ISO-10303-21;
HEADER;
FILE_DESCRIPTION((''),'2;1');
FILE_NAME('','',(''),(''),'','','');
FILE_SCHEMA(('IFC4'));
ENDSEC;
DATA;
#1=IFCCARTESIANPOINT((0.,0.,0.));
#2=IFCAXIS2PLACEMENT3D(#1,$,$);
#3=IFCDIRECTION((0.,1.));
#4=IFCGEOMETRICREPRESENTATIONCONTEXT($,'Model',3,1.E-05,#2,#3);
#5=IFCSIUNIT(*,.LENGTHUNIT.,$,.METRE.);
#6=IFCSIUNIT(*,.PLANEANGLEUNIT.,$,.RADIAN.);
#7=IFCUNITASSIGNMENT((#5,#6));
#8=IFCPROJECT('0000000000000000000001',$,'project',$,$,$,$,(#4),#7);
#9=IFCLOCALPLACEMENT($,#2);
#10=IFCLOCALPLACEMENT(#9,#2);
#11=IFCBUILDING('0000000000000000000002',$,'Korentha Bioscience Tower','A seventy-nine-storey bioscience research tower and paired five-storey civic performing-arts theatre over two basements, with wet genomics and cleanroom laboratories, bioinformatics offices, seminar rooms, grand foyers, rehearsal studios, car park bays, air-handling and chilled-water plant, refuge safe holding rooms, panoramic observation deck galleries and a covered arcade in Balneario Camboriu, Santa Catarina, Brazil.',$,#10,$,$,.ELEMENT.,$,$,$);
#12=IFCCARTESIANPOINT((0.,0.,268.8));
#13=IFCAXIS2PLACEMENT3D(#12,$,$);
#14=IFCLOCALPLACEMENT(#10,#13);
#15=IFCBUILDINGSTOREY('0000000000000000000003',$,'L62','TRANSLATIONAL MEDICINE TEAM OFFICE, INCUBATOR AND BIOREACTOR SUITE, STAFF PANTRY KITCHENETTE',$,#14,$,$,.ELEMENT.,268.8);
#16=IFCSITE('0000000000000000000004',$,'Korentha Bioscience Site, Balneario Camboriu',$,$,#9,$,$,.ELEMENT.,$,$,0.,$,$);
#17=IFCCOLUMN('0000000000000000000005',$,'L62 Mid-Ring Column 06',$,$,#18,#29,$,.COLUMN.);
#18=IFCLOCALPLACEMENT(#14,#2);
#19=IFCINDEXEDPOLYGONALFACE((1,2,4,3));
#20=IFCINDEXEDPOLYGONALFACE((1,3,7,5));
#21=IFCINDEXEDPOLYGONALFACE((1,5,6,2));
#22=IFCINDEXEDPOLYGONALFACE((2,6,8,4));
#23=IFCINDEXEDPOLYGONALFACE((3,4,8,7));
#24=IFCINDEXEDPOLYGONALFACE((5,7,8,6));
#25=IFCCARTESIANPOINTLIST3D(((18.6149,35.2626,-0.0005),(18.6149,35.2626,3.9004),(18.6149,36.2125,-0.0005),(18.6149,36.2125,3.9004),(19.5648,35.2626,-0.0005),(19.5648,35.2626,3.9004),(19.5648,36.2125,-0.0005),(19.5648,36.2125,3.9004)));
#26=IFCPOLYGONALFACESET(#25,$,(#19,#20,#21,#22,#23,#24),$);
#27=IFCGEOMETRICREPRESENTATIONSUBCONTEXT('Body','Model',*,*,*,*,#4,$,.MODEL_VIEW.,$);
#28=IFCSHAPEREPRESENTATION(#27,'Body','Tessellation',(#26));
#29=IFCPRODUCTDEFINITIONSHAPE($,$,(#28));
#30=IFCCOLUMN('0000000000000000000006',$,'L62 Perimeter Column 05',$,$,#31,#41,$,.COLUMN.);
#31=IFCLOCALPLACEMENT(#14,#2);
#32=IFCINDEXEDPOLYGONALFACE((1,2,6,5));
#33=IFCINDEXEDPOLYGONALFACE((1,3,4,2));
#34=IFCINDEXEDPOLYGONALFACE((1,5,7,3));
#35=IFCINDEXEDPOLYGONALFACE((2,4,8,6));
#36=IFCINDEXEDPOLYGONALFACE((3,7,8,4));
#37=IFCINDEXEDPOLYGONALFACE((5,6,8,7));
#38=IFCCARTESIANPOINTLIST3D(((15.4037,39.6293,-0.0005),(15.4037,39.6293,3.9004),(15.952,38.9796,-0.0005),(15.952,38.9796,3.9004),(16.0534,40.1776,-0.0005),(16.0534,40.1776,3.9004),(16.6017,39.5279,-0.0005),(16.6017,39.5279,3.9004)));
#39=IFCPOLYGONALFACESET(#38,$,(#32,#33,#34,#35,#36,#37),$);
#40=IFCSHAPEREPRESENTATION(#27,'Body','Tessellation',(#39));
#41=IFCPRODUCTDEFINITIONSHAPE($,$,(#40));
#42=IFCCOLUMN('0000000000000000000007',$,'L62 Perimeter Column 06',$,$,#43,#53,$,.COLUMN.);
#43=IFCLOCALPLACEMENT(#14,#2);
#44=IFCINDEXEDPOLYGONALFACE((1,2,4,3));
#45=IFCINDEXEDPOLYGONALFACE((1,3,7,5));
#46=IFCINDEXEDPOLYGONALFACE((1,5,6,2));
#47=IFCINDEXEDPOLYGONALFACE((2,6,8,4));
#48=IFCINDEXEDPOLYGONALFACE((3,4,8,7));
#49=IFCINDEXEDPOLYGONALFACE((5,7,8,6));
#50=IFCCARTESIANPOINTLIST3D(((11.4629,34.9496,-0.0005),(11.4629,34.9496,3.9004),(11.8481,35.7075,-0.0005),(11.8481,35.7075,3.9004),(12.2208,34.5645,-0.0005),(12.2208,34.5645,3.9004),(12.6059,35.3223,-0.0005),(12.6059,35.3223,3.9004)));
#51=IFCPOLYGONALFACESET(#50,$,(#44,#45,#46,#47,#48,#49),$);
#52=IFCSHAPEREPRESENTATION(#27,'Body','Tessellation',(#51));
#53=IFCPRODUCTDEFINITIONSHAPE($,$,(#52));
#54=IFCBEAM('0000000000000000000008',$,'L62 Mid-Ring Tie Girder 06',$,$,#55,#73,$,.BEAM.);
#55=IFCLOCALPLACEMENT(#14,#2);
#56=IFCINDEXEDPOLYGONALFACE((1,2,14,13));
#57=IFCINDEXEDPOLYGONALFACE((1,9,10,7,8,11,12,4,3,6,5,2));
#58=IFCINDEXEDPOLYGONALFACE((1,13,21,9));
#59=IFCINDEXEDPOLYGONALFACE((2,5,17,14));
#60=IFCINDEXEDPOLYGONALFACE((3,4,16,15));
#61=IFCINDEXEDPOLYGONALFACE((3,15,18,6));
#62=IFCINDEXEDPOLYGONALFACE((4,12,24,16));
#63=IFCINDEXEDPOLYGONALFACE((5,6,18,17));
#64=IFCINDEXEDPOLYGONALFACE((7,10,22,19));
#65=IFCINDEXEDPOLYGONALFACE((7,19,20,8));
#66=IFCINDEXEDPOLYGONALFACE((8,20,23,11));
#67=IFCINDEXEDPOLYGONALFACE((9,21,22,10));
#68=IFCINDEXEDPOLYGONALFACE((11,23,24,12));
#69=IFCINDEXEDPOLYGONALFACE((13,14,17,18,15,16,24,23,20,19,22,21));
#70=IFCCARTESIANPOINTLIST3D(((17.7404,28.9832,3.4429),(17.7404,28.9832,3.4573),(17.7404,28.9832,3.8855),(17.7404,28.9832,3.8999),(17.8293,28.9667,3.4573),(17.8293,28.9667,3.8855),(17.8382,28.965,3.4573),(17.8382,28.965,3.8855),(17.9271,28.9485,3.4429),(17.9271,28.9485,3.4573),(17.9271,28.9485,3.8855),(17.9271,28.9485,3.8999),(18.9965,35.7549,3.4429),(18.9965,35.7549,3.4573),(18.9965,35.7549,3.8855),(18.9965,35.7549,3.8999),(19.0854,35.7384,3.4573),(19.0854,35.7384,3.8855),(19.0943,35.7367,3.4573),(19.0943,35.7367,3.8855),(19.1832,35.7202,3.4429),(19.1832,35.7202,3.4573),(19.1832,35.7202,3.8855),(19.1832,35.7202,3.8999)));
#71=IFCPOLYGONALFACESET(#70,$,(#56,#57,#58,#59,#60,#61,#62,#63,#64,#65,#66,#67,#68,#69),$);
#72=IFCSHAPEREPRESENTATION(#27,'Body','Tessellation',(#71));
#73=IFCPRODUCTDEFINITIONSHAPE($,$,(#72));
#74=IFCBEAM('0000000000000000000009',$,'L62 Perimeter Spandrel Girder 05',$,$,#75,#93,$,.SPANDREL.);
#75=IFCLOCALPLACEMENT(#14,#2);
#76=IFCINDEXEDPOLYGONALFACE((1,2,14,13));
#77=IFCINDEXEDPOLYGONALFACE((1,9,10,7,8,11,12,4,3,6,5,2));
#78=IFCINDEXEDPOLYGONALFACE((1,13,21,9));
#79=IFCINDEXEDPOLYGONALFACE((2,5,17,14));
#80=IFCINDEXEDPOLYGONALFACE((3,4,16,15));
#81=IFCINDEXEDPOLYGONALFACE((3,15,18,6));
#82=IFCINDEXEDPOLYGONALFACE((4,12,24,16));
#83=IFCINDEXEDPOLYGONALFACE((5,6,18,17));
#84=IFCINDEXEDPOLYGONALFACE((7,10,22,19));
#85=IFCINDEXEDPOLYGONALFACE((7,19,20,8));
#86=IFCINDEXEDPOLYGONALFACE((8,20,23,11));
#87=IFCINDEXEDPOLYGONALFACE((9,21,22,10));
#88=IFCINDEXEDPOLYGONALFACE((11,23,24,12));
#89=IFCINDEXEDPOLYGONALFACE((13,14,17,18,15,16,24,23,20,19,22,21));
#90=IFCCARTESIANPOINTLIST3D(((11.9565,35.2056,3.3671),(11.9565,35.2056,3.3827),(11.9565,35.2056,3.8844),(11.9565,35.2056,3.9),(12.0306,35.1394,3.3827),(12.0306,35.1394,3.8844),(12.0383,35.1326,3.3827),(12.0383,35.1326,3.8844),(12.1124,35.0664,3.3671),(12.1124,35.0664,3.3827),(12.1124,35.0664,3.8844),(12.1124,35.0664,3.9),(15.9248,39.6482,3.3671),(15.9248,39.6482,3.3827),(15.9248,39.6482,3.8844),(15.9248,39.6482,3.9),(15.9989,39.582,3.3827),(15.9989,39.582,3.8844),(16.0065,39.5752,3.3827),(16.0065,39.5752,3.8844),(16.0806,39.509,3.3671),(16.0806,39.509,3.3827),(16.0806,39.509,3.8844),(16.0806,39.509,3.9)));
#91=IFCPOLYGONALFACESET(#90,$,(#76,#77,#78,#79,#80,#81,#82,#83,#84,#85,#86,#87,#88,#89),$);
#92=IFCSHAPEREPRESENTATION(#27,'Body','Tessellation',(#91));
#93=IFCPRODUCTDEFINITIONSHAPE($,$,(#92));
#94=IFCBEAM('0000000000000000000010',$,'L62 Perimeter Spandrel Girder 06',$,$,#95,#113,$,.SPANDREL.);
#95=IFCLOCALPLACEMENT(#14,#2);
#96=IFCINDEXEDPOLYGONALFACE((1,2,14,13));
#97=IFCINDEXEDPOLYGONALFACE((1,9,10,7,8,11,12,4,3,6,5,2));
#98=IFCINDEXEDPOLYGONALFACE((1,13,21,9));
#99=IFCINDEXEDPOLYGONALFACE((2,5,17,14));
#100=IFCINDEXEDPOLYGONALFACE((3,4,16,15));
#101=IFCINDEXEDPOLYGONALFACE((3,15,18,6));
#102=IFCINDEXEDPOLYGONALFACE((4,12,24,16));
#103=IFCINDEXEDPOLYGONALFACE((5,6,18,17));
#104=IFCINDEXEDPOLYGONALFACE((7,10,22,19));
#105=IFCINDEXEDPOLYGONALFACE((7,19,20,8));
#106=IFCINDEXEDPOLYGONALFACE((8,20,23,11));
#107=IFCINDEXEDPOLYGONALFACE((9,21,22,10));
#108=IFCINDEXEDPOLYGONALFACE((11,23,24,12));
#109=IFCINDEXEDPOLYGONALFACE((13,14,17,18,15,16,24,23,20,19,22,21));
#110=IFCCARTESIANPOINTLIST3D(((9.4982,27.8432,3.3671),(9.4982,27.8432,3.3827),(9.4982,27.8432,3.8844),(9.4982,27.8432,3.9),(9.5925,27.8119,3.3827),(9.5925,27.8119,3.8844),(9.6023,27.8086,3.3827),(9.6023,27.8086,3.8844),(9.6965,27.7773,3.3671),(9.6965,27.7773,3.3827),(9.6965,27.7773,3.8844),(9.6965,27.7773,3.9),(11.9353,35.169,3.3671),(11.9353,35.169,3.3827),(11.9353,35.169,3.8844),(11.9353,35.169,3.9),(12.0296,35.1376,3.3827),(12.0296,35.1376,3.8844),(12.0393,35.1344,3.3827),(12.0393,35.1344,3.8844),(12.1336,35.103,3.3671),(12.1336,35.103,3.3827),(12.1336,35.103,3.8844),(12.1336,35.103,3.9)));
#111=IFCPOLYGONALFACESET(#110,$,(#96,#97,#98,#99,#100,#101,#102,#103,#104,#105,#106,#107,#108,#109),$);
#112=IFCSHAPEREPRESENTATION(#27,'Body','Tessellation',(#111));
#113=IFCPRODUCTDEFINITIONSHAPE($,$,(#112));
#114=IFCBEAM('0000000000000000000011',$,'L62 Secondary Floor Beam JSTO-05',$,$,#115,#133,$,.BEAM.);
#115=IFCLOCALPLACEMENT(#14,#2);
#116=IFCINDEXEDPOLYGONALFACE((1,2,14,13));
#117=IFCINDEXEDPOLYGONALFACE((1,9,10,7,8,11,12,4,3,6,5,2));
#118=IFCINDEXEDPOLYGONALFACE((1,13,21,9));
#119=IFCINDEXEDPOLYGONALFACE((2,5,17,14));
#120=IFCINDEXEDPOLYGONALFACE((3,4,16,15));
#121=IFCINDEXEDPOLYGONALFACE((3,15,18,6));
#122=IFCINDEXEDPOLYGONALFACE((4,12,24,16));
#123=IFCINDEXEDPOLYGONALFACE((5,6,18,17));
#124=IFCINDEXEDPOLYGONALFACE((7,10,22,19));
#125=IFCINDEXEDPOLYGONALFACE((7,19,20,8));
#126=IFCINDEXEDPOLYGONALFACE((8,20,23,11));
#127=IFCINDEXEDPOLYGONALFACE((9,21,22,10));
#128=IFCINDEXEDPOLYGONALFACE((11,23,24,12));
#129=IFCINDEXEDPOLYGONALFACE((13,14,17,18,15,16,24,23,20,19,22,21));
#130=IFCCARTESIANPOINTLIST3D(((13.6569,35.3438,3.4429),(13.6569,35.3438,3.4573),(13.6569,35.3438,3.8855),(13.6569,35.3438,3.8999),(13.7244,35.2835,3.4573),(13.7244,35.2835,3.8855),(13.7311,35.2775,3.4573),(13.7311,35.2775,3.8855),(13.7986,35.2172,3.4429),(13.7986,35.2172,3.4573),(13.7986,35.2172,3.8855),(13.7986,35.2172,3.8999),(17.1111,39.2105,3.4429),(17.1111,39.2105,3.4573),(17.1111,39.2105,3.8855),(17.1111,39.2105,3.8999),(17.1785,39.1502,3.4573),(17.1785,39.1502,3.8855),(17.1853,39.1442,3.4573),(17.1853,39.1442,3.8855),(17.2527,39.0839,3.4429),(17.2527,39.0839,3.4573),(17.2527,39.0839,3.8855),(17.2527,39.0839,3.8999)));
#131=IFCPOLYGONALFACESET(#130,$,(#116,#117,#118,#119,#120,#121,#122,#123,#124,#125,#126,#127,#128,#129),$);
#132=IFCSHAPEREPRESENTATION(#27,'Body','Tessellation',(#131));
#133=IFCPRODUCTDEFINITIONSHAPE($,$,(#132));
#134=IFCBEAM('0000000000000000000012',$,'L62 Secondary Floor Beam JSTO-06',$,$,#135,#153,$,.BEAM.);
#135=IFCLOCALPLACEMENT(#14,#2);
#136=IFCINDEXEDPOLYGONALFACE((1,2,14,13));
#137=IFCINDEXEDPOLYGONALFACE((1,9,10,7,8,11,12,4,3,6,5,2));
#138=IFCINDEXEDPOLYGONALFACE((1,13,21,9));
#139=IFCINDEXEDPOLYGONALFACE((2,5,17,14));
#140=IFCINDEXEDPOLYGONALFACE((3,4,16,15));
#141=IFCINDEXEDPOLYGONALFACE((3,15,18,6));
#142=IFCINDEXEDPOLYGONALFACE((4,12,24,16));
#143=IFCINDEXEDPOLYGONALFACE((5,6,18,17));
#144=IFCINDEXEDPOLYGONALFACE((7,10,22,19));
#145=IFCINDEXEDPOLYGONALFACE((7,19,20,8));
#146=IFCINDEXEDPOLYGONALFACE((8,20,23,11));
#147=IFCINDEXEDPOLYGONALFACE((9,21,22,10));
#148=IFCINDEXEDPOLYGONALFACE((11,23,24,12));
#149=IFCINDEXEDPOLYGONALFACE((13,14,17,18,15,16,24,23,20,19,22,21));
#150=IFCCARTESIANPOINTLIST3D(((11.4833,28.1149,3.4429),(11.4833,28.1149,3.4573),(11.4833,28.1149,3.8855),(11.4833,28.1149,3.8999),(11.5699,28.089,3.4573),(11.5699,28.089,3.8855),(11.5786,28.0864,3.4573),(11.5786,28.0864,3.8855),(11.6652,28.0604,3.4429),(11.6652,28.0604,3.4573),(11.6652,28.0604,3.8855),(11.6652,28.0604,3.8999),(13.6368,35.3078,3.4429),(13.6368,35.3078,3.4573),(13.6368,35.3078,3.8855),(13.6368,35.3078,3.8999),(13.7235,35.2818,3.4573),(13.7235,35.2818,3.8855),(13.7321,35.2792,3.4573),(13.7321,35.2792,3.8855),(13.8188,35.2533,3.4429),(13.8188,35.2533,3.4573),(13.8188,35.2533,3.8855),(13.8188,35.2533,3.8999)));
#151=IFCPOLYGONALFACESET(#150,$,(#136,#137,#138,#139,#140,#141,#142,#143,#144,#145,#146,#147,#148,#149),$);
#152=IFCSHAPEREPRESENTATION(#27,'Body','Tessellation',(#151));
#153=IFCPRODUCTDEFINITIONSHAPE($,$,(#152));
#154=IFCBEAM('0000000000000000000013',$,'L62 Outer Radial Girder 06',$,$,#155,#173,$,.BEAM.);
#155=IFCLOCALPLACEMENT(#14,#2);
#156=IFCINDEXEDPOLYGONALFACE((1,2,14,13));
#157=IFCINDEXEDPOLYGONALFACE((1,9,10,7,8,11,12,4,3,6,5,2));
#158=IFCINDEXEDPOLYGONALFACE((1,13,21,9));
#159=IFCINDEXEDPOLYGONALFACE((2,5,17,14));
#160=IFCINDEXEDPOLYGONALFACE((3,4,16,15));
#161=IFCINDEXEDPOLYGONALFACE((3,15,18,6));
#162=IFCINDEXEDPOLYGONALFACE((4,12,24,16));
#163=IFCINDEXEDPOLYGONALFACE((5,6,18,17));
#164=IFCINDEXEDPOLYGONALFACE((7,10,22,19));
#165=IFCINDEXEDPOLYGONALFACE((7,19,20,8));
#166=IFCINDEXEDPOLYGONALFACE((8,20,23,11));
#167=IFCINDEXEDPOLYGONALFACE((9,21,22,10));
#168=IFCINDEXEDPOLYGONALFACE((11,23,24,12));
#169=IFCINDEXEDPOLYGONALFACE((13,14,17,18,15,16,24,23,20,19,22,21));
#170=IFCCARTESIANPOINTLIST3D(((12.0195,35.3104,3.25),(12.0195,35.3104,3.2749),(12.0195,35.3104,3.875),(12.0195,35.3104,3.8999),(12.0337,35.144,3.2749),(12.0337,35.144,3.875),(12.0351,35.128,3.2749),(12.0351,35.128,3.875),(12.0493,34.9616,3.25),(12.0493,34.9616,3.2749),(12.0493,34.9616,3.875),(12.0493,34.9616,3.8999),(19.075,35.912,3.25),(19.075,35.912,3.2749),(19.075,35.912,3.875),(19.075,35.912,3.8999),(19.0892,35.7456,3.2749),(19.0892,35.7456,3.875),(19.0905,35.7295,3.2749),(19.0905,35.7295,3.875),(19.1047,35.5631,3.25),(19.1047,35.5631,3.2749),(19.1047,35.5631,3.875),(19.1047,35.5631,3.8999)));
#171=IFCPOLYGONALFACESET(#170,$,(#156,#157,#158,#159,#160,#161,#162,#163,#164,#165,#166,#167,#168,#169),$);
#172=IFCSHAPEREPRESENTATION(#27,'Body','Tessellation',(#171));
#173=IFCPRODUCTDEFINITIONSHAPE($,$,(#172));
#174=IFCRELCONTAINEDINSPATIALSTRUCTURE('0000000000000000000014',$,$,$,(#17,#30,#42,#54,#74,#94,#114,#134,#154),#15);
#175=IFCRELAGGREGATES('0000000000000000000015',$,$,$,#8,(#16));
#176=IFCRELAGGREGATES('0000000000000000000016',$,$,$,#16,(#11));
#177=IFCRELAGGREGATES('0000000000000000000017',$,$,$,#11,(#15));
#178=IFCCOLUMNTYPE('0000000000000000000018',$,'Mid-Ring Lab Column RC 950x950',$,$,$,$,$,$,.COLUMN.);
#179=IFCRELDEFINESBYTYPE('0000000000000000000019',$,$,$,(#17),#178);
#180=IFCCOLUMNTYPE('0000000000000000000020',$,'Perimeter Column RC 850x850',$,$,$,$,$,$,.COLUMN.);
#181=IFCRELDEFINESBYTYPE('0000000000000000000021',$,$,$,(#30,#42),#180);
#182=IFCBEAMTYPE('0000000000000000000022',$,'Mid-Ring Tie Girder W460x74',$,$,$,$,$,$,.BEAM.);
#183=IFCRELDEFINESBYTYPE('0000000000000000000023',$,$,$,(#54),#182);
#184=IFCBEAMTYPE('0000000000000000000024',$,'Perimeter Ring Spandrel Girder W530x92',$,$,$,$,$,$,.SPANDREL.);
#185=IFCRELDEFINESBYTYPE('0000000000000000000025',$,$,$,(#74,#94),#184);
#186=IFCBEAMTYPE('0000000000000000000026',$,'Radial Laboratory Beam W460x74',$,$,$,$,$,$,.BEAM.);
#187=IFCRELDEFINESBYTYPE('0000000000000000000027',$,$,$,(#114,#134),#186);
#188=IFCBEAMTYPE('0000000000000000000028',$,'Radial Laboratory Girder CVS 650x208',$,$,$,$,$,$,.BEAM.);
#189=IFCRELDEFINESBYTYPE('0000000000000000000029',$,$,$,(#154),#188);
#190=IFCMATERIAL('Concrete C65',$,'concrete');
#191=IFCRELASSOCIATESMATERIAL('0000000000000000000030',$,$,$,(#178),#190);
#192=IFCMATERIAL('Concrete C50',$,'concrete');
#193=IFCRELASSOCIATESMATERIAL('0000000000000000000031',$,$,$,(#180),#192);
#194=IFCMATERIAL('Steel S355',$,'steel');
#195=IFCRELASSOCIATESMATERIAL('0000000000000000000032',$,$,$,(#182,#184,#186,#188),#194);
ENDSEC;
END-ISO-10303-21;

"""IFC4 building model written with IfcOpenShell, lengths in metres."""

from ifc_helpers import new_model, si_unit, direction, frame, origin, origin_2d, place, context, subcontext, project, spatial, rectangle, i_section, extrude, material, material_profile, profile_set, type_object, element, save


model = new_model("IFC4")

# Units and contexts
model_context = context("Model", 3, precision=1e-05, world=origin(), true_north=direction((0.0, 1.0)))
body_context = subcontext(model_context, "Body", "Model", "MODEL_VIEW")
ifc_project = project(units=[si_unit("LENGTHUNIT", "METRE"), si_unit("PLANEANGLEUNIT", "RADIAN")], contexts=[model_context])

# Site, building, storey
site_placement = place(None, origin())
site = spatial("IfcSite", under=ifc_project, at=site_placement, Name="Korentha Bioscience Site, Balneario Camboriu", CompositionType="ELEMENT", RefElevation=0.0)
building_placement = place(site_placement, origin())
building = spatial("IfcBuilding", under=site, at=building_placement, Name="Korentha Bioscience Tower", Description="A seventy-nine-storey bioscience research tower and paired five-storey civic performing-arts theatre over two basements, with wet genomics and cleanroom laboratories, bioinformatics offices, seminar rooms, grand foyers, rehearsal studios, car park bays, air-handling and chilled-water plant, refuge safe holding rooms, panoramic observation deck galleries and a covered arcade in Balneario Camboriu, Santa Catarina, Brazil.", CompositionType="ELEMENT")
storey_placement = place(building_placement, frame((0.0, 0.0, 268.8)))
storey = spatial("IfcBuildingStorey", under=building, at=storey_placement, Name="L62", Description="TRANSLATIONAL MEDICINE TEAM OFFICE, INCUBATOR AND BIOREACTOR SUITE, STAFF PANTRY KITCHENETTE", CompositionType="ELEMENT", Elevation=268.8)

# Columns
ifc_material_1 = material(Name="Concrete C65", Category="concrete")
ifc_material_profile_1 = material_profile(ifc_material_1, rectangle(XDim=0.95, YDim=0.95, at=origin_2d()), Name="Concrete C65")
ifc_profile_set_1 = profile_set([ifc_material_profile_1], Name="Concrete C65 (COL-MR09)")
column_type_1 = type_object("IfcColumnType", Name="Mid-Ring Lab Column RC 950x950", PredefinedType="COLUMN", material=ifc_profile_set_1)
column_placement = place(storey_placement, frame((19.0898, 35.7375, -0.0005), z_axis=(0.0, 0.0, 1.0), x_axis=(1.0, 0.0, 0.0)))
element("IfcColumn", 1, at=column_placement, inside=storey, type_object=column_type_1, Name="L62 Mid-Ring Column 06", PredefinedType="COLUMN", context=body_context, shape_type="SweptSolid", body=[
    extrude(rectangle(XDim=0.95, YDim=0.95, at=origin_2d()), origin(), (0.0, 0.0, 1.0), 3.9009),
])
ifc_material_2 = material(Name="Concrete C50", Category="concrete")
ifc_material_profile_2 = material_profile(ifc_material_2, rectangle(XDim=0.8501, YDim=0.8501, at=origin_2d()), Name="Concrete C50")
ifc_profile_set_2 = profile_set([ifc_material_profile_2], Name="Concrete C50 (COL-P08)")
column_type_2 = type_object("IfcColumnType", Name="Perimeter Column RC 850x850", PredefinedType="COLUMN", material=ifc_profile_set_2)
for number, where, z_axis, x_axis, name in (
    (2, (16.0027, 39.5786, -0.0005), (0.0, 0.0, 1.0), (0.764246, 0.644924, 0.0), "L62 Perimeter Column 05"),
    (3, (12.0344, 35.136, -0.0005), (0.0, 0.0, 1.0), (0.453057, 0.891481, 0.0), "L62 Perimeter Column 06"),
):
    element("IfcColumn", number, at=place(storey_placement, frame(where, z_axis=z_axis, x_axis=x_axis)), inside=storey, type_object=column_type_2, Name=name, PredefinedType="COLUMN", context=body_context, shape_type="SweptSolid", body=[
        extrude(rectangle(XDim=0.8501, YDim=0.8501, at=origin_2d()), origin(), (0.0, 0.0, 1.0), 3.9009),
    ])

# Beams
ifc_material_3 = material(Name="Steel S355", Category="steel")
ifc_material_profile_3 = material_profile(ifc_material_3, i_section(OverallWidth=0.1899, OverallDepth=0.457, WebThickness=0.009, FlangeThickness=0.0144, at=origin_2d()), Name="Steel S355")
ifc_profile_set_3 = profile_set([ifc_material_profile_3], Name="Steel S355 (MB-460)")
beam_type_1 = type_object("IfcBeamType", Name="Mid-Ring Tie Girder W460x74", PredefinedType="BEAM", material=ifc_profile_set_3)
beam_1_placement = place(storey_placement, frame((19.0898, 35.7375, 3.6714), z_axis=(-0.182381, -0.983228, 0.0), x_axis=(0.983228, -0.182381, 0.0)))
element("IfcBeam", 4, at=beam_1_placement, inside=storey, type_object=beam_type_1, Name="L62 Mid-Ring Tie Girder 06", PredefinedType="BEAM", context=body_context, shape_type="SweptSolid", body=[
    extrude(i_section(OverallWidth=0.1899, OverallDepth=0.457, WebThickness=0.009, FlangeThickness=0.0144, at=origin_2d()), origin(), (0.0, 0.0, 1.0), 6.8872),
])
ifc_material_profile_4 = material_profile(ifc_material_3, i_section(OverallWidth=0.209, OverallDepth=0.533, WebThickness=0.0103, FlangeThickness=0.0156, at=origin_2d()), Name="Steel S355")
ifc_profile_set_4 = profile_set([ifc_material_profile_4], Name="Steel S355 (SB-530)")
beam_type_2 = type_object("IfcBeamType", Name="Perimeter Ring Spandrel Girder W530x92", PredefinedType="SPANDREL", material=ifc_profile_set_4)
beam_2_placement = place(storey_placement, frame((16.0027, 39.5786, 3.6335), z_axis=(-0.666168, -0.745802, 0.0), x_axis=(0.745802, -0.666168, 0.0)))
element("IfcBeam", 5, at=beam_2_placement, inside=storey, type_object=beam_type_2, Name="L62 Perimeter Spandrel Girder 05", PredefinedType="SPANDREL", context=body_context, shape_type="SweptSolid", body=[
    extrude(i_section(OverallWidth=0.209, OverallDepth=0.533, WebThickness=0.0103, FlangeThickness=0.0156, at=origin_2d()), origin(), (0.0, 0.0, 1.0), 5.9568),
])
beam_3_placement = place(storey_placement, frame((12.0344, 35.136, 3.6335), z_axis=(-0.315658, -0.948873, 0.0), x_axis=(0.948873, -0.315658, 0.0)))
element("IfcBeam", 6, at=beam_3_placement, inside=storey, type_object=beam_type_2, Name="L62 Perimeter Spandrel Girder 06", PredefinedType="SPANDREL", context=body_context, shape_type="SweptSolid", body=[
    extrude(i_section(OverallWidth=0.209, OverallDepth=0.533, WebThickness=0.0103, FlangeThickness=0.0156, at=origin_2d()), origin(), (0.0, 0.0, 1.0), 7.7205),
])
ifc_material_profile_5 = material_profile(ifc_material_3, i_section(OverallWidth=0.1899, OverallDepth=0.457, WebThickness=0.009, FlangeThickness=0.0144, at=origin_2d()), Name="Steel S355")
ifc_profile_set_5 = profile_set([ifc_material_profile_5], Name="Steel S355 (RB-460)")
beam_type_3 = type_object("IfcBeamType", Name="Radial Laboratory Beam W460x74", PredefinedType="BEAM", material=ifc_profile_set_5)
beam_4_placement = place(storey_placement, frame((17.1819, 39.1472, 3.6714), z_axis=(-0.666197, -0.745776, 0.0), x_axis=(0.745776, -0.666197, 0.0)))
element("IfcBeam", 7, at=beam_4_placement, inside=storey, type_object=beam_type_3, Name="L62 Secondary Floor Beam JSTO-05", PredefinedType="BEAM", context=body_context, shape_type="SweptSolid", body=[
    extrude(i_section(OverallWidth=0.1899, OverallDepth=0.457, WebThickness=0.009, FlangeThickness=0.0144, at=origin_2d()), origin(), (0.0, 0.0, 1.0), 5.1848),
])
beam_5_placement = place(storey_placement, frame((13.7278, 35.2805, 3.6714), z_axis=(-0.286823, -0.957984, 0.0), x_axis=(0.957984, -0.286823, 0.0)))
element("IfcBeam", 8, at=beam_5_placement, inside=storey, type_object=beam_type_3, Name="L62 Secondary Floor Beam JSTO-06", PredefinedType="BEAM", context=body_context, shape_type="SweptSolid", body=[
    extrude(i_section(OverallWidth=0.1899, OverallDepth=0.457, WebThickness=0.009, FlangeThickness=0.0144, at=origin_2d()), origin(), (0.0, 0.0, 1.0), 7.5083),
])
ifc_material_profile_6 = material_profile(ifc_material_3, i_section(OverallWidth=0.3501, OverallDepth=0.6499, WebThickness=0.0161, FlangeThickness=0.0249, at=origin_2d()), Name="Steel S355")
ifc_profile_set_6 = profile_set([ifc_material_profile_6], Name="Steel S355 (RB-650)")
beam_type_4 = type_object("IfcBeamType", Name="Radial Laboratory Girder CVS 650x208", PredefinedType="BEAM", material=ifc_profile_set_6)
beam_6_placement = place(storey_placement, frame((19.0898, 35.7375, 3.575), z_axis=(-0.996385, -0.084954, 0.0), x_axis=(0.084954, -0.996385, 0.0)))
element("IfcBeam", 9, at=beam_6_placement, inside=storey, type_object=beam_type_4, Name="L62 Outer Radial Girder 06", PredefinedType="BEAM", context=body_context, shape_type="SweptSolid", body=[
    extrude(i_section(OverallWidth=0.3501, OverallDepth=0.6499, WebThickness=0.0161, FlangeThickness=0.0249, at=origin_2d()), origin(), (0.0, 0.0, 1.0), 7.0811),
])

save(model, "model.ifc")
